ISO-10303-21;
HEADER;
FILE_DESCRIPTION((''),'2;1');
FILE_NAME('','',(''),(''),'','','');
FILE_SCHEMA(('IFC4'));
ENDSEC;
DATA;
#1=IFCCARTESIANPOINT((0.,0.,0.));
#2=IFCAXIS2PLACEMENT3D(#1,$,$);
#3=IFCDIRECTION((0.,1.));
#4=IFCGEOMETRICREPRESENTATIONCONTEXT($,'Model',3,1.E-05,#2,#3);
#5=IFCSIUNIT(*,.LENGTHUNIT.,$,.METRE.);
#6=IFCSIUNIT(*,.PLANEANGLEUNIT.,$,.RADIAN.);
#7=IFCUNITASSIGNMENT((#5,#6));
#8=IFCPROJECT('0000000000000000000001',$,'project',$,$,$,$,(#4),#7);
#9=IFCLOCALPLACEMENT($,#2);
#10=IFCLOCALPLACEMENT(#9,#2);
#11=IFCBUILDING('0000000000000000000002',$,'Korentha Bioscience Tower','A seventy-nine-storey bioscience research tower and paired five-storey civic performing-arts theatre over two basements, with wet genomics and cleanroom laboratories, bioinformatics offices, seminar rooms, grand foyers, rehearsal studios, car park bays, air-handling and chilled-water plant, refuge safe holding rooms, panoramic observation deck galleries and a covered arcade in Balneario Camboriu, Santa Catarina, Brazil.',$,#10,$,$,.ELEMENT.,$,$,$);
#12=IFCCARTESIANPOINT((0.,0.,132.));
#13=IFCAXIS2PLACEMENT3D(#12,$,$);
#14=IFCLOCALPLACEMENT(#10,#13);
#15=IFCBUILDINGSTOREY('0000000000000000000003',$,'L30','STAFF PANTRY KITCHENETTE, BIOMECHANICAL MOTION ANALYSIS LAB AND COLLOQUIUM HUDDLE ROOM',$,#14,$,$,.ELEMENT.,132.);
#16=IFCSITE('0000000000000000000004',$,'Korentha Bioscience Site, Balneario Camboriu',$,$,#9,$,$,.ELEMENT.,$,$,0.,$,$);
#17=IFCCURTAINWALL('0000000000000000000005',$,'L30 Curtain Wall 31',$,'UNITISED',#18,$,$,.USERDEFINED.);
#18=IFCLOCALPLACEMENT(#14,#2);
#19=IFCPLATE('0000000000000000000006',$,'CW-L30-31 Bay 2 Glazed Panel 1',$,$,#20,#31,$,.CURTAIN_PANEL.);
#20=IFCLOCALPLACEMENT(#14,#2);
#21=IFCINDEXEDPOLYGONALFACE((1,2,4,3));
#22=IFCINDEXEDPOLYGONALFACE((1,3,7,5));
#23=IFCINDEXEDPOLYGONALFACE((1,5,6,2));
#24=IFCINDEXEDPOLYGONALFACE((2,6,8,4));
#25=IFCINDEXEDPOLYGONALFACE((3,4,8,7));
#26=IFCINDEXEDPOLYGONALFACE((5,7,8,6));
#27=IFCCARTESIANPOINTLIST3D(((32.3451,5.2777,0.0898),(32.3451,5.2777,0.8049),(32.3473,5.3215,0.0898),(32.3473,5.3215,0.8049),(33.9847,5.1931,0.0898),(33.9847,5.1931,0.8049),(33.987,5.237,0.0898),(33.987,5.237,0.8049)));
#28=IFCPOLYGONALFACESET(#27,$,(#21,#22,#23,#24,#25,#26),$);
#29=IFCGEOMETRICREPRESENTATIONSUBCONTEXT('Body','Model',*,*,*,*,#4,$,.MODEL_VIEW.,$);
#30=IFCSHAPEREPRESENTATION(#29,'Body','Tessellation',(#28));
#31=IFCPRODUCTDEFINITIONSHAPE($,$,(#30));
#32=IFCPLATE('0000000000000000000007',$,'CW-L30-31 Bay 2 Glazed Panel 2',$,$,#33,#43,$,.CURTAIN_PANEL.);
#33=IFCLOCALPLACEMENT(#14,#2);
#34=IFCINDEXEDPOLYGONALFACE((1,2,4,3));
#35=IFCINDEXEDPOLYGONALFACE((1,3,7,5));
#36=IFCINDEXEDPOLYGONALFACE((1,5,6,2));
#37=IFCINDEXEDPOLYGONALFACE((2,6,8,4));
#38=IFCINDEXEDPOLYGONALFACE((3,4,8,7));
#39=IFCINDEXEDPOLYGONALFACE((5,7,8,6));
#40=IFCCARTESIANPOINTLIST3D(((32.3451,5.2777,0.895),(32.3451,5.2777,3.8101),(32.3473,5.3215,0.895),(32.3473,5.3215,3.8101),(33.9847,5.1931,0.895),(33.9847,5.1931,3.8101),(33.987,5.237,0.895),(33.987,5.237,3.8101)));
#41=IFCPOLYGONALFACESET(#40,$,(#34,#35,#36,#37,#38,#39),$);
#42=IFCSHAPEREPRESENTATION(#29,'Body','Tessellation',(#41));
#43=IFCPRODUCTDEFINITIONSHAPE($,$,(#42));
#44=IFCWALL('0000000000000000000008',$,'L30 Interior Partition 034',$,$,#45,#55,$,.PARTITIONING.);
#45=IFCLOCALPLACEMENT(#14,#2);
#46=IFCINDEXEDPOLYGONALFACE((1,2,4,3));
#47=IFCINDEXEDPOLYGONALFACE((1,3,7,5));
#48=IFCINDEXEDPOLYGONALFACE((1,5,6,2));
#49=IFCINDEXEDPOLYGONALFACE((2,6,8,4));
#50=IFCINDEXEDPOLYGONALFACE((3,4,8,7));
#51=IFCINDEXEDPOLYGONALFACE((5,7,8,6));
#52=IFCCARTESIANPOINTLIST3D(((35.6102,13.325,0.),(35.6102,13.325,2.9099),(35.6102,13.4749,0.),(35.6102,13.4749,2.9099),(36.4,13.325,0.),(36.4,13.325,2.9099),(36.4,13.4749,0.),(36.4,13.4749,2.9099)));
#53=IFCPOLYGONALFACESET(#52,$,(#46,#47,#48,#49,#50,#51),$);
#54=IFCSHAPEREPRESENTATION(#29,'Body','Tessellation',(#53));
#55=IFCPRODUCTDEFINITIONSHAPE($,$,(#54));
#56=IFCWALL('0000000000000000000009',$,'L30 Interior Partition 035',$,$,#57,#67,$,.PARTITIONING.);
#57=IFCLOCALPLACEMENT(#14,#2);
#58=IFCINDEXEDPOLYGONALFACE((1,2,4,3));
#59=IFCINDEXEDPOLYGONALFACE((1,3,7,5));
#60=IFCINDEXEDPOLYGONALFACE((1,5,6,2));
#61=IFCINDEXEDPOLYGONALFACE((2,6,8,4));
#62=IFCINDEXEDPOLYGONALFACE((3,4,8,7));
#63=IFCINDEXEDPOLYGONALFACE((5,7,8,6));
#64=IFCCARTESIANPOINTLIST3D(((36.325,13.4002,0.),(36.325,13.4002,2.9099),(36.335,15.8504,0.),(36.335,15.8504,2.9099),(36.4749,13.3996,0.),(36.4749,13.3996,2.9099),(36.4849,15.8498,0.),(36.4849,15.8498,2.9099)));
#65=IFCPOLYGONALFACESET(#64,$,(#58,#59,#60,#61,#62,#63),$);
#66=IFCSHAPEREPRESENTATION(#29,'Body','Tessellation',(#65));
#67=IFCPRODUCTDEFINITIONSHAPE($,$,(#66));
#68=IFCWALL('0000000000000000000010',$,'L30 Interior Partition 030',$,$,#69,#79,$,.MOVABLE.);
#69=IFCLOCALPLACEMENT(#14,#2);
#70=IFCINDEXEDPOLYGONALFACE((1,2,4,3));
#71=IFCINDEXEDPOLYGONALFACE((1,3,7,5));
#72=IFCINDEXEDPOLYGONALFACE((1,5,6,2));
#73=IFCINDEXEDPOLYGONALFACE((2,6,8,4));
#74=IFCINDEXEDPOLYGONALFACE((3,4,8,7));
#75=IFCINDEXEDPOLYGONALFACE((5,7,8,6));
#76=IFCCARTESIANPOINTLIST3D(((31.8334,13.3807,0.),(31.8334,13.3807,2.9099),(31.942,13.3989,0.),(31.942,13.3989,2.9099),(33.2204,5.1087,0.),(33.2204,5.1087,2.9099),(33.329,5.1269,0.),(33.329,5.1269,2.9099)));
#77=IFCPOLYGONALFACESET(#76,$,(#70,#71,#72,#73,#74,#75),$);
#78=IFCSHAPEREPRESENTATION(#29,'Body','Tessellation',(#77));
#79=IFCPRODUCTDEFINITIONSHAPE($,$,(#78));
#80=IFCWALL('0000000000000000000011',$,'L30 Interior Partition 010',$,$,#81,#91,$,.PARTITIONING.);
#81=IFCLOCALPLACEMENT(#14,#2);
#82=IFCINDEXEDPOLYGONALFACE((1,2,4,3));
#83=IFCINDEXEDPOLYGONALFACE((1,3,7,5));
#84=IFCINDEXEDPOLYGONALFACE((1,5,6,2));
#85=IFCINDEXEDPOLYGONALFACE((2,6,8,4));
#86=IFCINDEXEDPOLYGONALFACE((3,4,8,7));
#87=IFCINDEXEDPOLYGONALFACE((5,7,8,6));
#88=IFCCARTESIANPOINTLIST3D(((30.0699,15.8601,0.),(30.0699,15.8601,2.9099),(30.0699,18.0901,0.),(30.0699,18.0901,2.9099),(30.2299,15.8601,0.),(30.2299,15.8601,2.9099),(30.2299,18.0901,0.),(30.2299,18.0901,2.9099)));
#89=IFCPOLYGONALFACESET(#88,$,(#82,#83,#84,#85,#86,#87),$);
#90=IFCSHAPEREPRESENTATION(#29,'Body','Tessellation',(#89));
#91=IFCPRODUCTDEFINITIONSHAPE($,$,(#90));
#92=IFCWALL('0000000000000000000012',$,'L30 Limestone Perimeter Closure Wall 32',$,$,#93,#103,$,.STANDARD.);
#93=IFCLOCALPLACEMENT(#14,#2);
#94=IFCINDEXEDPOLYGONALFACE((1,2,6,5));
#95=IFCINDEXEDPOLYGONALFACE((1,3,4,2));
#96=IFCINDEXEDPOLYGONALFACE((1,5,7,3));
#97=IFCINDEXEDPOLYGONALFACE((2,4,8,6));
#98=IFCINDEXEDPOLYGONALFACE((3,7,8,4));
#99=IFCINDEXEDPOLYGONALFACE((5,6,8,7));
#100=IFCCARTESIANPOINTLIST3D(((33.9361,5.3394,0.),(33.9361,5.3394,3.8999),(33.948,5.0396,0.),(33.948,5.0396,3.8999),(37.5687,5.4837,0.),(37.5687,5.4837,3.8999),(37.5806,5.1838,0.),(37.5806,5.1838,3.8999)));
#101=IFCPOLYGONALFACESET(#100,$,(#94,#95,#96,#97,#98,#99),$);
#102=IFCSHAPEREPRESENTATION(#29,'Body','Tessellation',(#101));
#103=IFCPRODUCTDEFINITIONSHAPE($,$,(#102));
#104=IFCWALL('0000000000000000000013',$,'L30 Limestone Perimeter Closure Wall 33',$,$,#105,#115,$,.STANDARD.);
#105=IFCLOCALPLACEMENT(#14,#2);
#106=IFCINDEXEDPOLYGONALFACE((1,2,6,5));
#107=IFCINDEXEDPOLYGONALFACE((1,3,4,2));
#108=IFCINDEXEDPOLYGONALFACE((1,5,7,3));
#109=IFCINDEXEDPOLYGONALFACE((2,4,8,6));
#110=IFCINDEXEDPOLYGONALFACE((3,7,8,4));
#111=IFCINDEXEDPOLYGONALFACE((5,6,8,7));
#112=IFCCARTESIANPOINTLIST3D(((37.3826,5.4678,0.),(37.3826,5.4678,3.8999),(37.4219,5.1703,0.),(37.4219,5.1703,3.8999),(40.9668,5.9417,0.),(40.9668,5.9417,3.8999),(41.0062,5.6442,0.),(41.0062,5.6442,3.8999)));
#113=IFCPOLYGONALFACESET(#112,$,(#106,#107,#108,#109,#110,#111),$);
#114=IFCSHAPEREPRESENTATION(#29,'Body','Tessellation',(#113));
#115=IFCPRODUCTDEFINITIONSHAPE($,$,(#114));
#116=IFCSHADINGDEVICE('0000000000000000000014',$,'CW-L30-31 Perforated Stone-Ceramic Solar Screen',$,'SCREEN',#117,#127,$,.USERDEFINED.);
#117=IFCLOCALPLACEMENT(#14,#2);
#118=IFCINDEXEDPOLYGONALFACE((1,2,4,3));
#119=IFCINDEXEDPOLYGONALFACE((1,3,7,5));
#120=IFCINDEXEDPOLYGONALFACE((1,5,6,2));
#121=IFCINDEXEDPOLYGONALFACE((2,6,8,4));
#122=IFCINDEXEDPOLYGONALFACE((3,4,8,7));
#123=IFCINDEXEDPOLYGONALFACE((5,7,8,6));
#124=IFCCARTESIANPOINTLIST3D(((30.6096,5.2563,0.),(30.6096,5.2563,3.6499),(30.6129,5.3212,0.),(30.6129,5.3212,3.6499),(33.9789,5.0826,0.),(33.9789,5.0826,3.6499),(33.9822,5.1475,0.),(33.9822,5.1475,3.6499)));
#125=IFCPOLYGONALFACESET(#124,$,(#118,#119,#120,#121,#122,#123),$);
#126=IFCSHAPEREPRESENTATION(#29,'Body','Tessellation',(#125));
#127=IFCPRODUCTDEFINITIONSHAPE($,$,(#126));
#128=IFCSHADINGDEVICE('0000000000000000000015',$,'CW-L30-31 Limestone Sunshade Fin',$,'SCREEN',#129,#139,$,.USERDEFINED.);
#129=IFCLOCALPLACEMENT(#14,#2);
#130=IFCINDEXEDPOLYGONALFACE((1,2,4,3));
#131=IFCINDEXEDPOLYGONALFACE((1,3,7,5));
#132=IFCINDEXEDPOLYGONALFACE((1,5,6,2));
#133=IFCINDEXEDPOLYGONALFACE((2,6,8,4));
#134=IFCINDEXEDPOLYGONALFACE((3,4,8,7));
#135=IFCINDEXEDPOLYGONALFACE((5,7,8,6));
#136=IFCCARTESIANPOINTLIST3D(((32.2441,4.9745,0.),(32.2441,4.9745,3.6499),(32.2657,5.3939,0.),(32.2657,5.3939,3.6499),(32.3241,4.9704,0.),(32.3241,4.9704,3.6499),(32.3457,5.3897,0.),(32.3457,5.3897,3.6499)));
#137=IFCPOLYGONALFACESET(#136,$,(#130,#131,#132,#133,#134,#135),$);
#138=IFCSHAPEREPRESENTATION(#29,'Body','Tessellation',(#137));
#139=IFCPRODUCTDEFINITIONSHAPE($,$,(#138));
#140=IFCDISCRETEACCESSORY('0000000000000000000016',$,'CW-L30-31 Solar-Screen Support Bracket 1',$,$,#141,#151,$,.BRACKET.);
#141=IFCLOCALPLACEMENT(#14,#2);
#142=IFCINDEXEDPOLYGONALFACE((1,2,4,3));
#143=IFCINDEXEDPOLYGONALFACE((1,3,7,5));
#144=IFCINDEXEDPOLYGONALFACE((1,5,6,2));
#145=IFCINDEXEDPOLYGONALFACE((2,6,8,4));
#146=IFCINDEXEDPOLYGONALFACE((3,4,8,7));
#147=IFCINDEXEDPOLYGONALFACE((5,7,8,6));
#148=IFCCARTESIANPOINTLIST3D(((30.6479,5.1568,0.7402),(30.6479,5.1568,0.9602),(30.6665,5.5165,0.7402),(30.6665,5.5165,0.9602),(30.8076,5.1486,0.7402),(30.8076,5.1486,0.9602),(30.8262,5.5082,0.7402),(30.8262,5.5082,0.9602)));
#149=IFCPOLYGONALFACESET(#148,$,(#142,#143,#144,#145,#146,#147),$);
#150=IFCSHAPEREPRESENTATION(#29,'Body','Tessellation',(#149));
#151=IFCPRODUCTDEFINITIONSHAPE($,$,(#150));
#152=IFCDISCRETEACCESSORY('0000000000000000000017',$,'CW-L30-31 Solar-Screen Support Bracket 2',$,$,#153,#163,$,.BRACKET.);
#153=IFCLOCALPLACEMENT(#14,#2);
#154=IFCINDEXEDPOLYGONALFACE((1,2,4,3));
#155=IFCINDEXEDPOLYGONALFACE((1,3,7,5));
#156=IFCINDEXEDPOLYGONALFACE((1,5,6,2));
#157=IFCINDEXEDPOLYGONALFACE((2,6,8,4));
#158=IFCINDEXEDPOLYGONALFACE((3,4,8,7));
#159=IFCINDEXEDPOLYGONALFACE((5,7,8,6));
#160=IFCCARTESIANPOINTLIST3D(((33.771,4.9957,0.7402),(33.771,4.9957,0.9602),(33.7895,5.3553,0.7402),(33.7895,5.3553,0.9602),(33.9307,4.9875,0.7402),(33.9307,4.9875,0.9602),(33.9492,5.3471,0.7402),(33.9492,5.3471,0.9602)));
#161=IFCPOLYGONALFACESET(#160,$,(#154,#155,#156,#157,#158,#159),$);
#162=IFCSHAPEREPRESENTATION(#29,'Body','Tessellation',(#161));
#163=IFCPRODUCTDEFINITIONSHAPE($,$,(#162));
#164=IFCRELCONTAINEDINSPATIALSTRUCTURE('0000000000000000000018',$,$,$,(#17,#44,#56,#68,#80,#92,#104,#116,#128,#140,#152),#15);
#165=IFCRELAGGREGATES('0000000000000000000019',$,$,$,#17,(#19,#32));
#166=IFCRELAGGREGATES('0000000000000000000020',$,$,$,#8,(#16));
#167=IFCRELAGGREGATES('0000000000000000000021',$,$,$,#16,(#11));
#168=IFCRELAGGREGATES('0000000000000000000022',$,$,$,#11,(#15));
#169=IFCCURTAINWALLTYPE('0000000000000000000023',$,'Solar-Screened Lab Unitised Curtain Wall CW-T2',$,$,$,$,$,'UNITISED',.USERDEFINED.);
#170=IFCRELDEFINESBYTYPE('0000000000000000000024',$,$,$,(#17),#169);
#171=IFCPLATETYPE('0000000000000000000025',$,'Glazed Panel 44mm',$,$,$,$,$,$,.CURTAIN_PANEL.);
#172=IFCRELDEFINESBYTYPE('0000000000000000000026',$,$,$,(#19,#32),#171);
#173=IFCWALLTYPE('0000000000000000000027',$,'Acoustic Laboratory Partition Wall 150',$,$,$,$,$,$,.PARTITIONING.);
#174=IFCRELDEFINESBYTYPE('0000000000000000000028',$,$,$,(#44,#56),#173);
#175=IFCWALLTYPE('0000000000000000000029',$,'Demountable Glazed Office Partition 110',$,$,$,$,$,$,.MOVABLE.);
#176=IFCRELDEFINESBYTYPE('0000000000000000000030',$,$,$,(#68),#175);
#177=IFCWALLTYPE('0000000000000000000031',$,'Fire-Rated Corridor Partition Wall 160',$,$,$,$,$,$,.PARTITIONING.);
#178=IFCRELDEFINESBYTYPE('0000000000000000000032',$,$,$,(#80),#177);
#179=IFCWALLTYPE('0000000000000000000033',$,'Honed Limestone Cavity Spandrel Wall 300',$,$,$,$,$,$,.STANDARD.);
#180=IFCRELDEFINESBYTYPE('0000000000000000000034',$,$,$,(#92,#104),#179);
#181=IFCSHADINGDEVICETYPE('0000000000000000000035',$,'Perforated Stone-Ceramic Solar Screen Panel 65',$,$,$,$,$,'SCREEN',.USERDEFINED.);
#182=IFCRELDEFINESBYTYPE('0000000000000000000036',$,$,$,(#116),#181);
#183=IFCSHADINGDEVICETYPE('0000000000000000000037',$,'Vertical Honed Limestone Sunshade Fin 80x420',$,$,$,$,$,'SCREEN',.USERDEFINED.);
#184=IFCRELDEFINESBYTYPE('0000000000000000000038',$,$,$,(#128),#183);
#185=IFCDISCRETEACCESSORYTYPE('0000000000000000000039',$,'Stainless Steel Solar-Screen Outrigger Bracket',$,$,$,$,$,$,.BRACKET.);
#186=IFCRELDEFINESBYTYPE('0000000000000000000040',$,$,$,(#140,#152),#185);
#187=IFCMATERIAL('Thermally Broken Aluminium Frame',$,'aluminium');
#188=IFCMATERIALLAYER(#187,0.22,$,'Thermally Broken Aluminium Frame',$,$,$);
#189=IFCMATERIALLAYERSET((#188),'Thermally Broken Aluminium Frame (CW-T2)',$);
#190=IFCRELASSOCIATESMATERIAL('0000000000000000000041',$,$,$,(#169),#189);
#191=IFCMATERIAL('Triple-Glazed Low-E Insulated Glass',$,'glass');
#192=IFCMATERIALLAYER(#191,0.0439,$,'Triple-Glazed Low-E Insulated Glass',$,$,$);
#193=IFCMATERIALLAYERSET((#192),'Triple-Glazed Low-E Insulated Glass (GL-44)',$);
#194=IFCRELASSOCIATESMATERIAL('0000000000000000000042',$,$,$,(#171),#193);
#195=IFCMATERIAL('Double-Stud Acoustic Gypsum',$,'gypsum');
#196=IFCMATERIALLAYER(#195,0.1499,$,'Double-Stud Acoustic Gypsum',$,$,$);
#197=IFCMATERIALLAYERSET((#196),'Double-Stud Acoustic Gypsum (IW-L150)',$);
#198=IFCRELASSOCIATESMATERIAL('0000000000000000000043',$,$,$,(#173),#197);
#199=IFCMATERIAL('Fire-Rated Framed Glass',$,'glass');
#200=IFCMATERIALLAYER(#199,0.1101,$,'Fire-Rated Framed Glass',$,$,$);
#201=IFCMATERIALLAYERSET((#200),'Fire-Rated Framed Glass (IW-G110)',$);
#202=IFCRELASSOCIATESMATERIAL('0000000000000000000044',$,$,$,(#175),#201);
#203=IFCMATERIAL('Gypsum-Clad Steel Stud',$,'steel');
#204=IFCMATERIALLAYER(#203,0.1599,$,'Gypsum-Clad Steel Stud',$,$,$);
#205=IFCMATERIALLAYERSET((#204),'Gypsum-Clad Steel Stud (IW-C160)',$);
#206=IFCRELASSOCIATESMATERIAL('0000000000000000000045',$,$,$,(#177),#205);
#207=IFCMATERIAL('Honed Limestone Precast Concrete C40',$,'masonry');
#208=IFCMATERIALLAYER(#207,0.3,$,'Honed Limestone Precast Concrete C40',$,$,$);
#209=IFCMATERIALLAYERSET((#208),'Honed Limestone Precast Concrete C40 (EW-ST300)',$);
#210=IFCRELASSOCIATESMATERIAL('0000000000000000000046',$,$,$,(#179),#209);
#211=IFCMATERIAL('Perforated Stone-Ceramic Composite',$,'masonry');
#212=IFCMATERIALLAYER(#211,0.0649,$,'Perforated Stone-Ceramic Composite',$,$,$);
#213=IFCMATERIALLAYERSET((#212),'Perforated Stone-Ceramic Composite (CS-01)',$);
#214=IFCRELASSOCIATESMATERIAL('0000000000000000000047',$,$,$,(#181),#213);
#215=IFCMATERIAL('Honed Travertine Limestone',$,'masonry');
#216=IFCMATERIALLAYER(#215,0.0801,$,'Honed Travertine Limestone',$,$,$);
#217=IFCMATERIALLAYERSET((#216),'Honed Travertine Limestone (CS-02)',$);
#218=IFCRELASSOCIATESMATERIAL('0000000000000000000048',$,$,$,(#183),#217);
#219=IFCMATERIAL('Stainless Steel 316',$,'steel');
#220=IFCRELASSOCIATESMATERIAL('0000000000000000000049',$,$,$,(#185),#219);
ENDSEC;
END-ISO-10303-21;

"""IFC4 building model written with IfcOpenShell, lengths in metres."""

from ifc_helpers import new_model, si_unit, direction, frame, frame_2d, origin, origin_2d, place, context, subcontext, project, spatial, rectangle, extrude, material, layer, layer_set, type_object, element, aggregate, save


model = new_model("IFC4")

# Units and contexts
model_context = context("Model", 3, precision=1e-05, world=origin(), true_north=direction((0.0, 1.0)))
body_context = subcontext(model_context, "Body", "Model", "MODEL_VIEW")
ifc_project = project(units=[si_unit("LENGTHUNIT", "METRE"), si_unit("PLANEANGLEUNIT", "RADIAN")], contexts=[model_context])

# Site, building, storey
site_placement = place(None, origin())
site = spatial("IfcSite", under=ifc_project, at=site_placement, Name="Korentha Bioscience Site, Balneario Camboriu", CompositionType="ELEMENT", RefElevation=0.0)
building_placement = place(site_placement, origin())
building = spatial("IfcBuilding", under=site, at=building_placement, Name="Korentha Bioscience Tower", Description="A seventy-nine-storey bioscience research tower and paired five-storey civic performing-arts theatre over two basements, with wet genomics and cleanroom laboratories, bioinformatics offices, seminar rooms, grand foyers, rehearsal studios, car park bays, air-handling and chilled-water plant, refuge safe holding rooms, panoramic observation deck galleries and a covered arcade in Balneario Camboriu, Santa Catarina, Brazil.", CompositionType="ELEMENT")
storey_placement = place(building_placement, frame((0.0, 0.0, 132.0)))
storey = spatial("IfcBuildingStorey", under=building, at=storey_placement, Name="L30", Description="STAFF PANTRY KITCHENETTE, BIOMECHANICAL MOTION ANALYSIS LAB AND COLLOQUIUM HUDDLE ROOM", CompositionType="ELEMENT", Elevation=132.0)

# Curtain wall
ifc_material_1 = material(Name="Thermally Broken Aluminium Frame", Category="aluminium")
ifc_layer_1 = layer(ifc_material_1, 0.22, Name="Thermally Broken Aluminium Frame")
ifc_layer_set_1 = layer_set([ifc_layer_1], Name="Thermally Broken Aluminium Frame (CW-T2)")
curtain_wall_type = type_object("IfcCurtainWallType", Name="Solar-Screened Lab Unitised Curtain Wall CW-T2", ElementType="UNITISED", PredefinedType="USERDEFINED", material=ifc_layer_set_1)
curtain_wall_placement = place(storey_placement, origin())
curtain_wall = element("IfcCurtainWall", 1, at=curtain_wall_placement, inside=storey, type_object=curtain_wall_type, Name="L30 Curtain Wall 31", ObjectType="UNITISED", PredefinedType="USERDEFINED")

# Plates
ifc_material_2 = material(Name="Triple-Glazed Low-E Insulated Glass", Category="glass")
ifc_layer_2 = layer(ifc_material_2, 0.0439, Name="Triple-Glazed Low-E Insulated Glass")
ifc_layer_set_2 = layer_set([ifc_layer_2], Name="Triple-Glazed Low-E Insulated Glass (GL-44)")
plate_type = type_object("IfcPlateType", Name="Glazed Panel 44mm", PredefinedType="CURTAIN_PANEL", material=ifc_layer_set_2)
plate_1_placement = place(storey_placement, frame((33.166, 5.2573, 0.0898), z_axis=(0.0, 0.0, 1.0), x_axis=(0.998673, -0.051495, 0.0)))
plate_1 = element("IfcPlate", 2, at=plate_1_placement, type_object=plate_type, Name="CW-L30-31 Bay 2 Glazed Panel 1", PredefinedType="CURTAIN_PANEL", context=body_context, shape_type="SweptSolid", body=[
    extrude(rectangle(XDim=1.6418, YDim=0.0439, at=origin_2d()), origin(), (0.0, 0.0, 1.0), 0.7151),
])
plate_2_placement = place(storey_placement, frame((33.166, 5.2573, 0.895), z_axis=(0.0, 0.0, 1.0), x_axis=(0.998673, -0.051495, 0.0)))
plate_2 = element("IfcPlate", 3, at=plate_2_placement, type_object=plate_type, Name="CW-L30-31 Bay 2 Glazed Panel 2", PredefinedType="CURTAIN_PANEL", context=body_context, shape_type="SweptSolid", body=[
    extrude(rectangle(XDim=1.6418, YDim=0.0439, at=origin_2d()), origin(), (0.0, 0.0, 1.0), 2.915),
])
aggregate(curtain_wall, [plate_1, plate_2])

# Shared definitions
ifc_material_3 = material(Name="Double-Stud Acoustic Gypsum", Category="gypsum")
ifc_layer_3 = layer(ifc_material_3, 0.1499, Name="Double-Stud Acoustic Gypsum")
ifc_layer_set_3 = layer_set([ifc_layer_3], Name="Double-Stud Acoustic Gypsum (IW-L150)")
wall_type_1 = type_object("IfcWallType", Name="Acoustic Laboratory Partition Wall 150", PredefinedType="PARTITIONING", material=ifc_layer_set_3)

# Walls
wall_1_placement = place(storey_placement, frame((35.6101, 13.3999, 0.0), z_axis=(0.0, 0.0, 1.0), x_axis=(1.0, 0.0, 0.0)))
element("IfcWall", 4, at=wall_1_placement, inside=storey, type_object=wall_type_1, Name="L30 Interior Partition 034", PredefinedType="PARTITIONING", context=body_context, shape_type="SweptSolid", body=[
    extrude(rectangle(XDim=0.7898, YDim=0.1499, at=frame_2d((0.395, 0.0))), origin(), (0.0, 0.0, 1.0), 2.9099),
])
wall_2_placement = place(storey_placement, frame((36.3999, 13.3999, 0.0), z_axis=(0.0, 0.0, 1.0), x_axis=(0.004085, 0.999992, 0.0)))
element("IfcWall", 5, at=wall_2_placement, inside=storey, type_object=wall_type_1, Name="L30 Interior Partition 035", PredefinedType="PARTITIONING", context=body_context, shape_type="SweptSolid", body=[
    extrude(rectangle(XDim=2.4502, YDim=0.1499, at=frame_2d((1.2251, 0.0))), origin(), (0.0, 0.0, 1.0), 2.9099),
])
ifc_material_4 = material(Name="Fire-Rated Framed Glass", Category="glass")
ifc_layer_4 = layer(ifc_material_4, 0.1101, Name="Fire-Rated Framed Glass")
ifc_layer_set_4 = layer_set([ifc_layer_4], Name="Fire-Rated Framed Glass (IW-G110)")
wall_type_2 = type_object("IfcWallType", Name="Demountable Glazed Office Partition 110", PredefinedType="MOVABLE", material=ifc_layer_set_4)
wall_3_placement = place(storey_placement, frame((31.8877, 13.3899, 0.0), z_axis=(0.0, 0.0, 1.0), x_axis=(0.165362, -0.986233, 0.0)))
element("IfcWall", 6, at=wall_3_placement, inside=storey, type_object=wall_type_2, Name="L30 Interior Partition 030", PredefinedType="MOVABLE", context=body_context, shape_type="SweptSolid", body=[
    extrude(rectangle(XDim=8.3875, YDim=0.1101, at=frame_2d((4.1938, 0.0))), origin(), (0.0, 0.0, 1.0), 2.9099),
])
ifc_material_5 = material(Name="Gypsum-Clad Steel Stud", Category="steel")
ifc_layer_5 = layer(ifc_material_5, 0.1599, Name="Gypsum-Clad Steel Stud")
ifc_layer_set_5 = layer_set([ifc_layer_5], Name="Gypsum-Clad Steel Stud (IW-C160)")
wall_type_3 = type_object("IfcWallType", Name="Fire-Rated Corridor Partition Wall 160", PredefinedType="PARTITIONING", material=ifc_layer_set_5)
wall_4_placement = place(storey_placement, frame((30.1499, 15.8601, 0.0), z_axis=(0.0, 0.0, 1.0), x_axis=(0.0, 1.0, 0.0)))
element("IfcWall", 7, at=wall_4_placement, inside=storey, type_object=wall_type_3, Name="L30 Interior Partition 010", PredefinedType="PARTITIONING", context=body_context, shape_type="SweptSolid", body=[
    extrude(rectangle(XDim=2.23, YDim=0.1599, at=frame_2d((1.115, 0.0))), origin(), (0.0, 0.0, 1.0), 2.9099),
])
ifc_material_6 = material(Name="Honed Limestone Precast Concrete C40", Category="masonry")
ifc_layer_6 = layer(ifc_material_6, 0.3, Name="Honed Limestone Precast Concrete C40")
ifc_layer_set_6 = layer_set([ifc_layer_6], Name="Honed Limestone Precast Concrete C40 (EW-ST300)")
wall_type_4 = type_object("IfcWallType", Name="Honed Limestone Cavity Spandrel Wall 300", PredefinedType="STANDARD", material=ifc_layer_set_6)
wall_5_placement = place(storey_placement, frame((33.9419, 5.1895, 0.0), z_axis=(0.0, 0.0, 1.0), x_axis=(0.999212, 0.039689, 0.0)))
element("IfcWall", 8, at=wall_5_placement, inside=storey, type_object=wall_type_4, Name="L30 Limestone Perimeter Closure Wall 32", PredefinedType="STANDARD", context=body_context, shape_type="SweptSolid", body=[
    extrude(rectangle(XDim=3.6355, YDim=0.3, at=frame_2d((1.8179, 0.0))), origin(), (0.0, 0.0, 1.0), 3.8999),
])
wall_6_placement = place(storey_placement, frame((37.4023, 5.3191, 0.0), z_axis=(0.0, 0.0, 1.0), x_axis=(0.991373, 0.131071, 0.0)))
element("IfcWall", 9, at=wall_6_placement, inside=storey, type_object=wall_type_4, Name="L30 Limestone Perimeter Closure Wall 33", PredefinedType="STANDARD", context=body_context, shape_type="SweptSolid", body=[
    extrude(rectangle(XDim=3.6155, YDim=0.3, at=frame_2d((1.8076, 0.0))), origin(), (0.0, 0.0, 1.0), 3.8999),
])

# Shading devices
ifc_material_7 = material(Name="Perforated Stone-Ceramic Composite", Category="masonry")
ifc_layer_7 = layer(ifc_material_7, 0.0649, Name="Perforated Stone-Ceramic Composite")
ifc_layer_set_7 = layer_set([ifc_layer_7], Name="Perforated Stone-Ceramic Composite (CS-01)")
shading_device_type_1 = type_object("IfcShadingDeviceType", Name="Perforated Stone-Ceramic Solar Screen Panel 65", ElementType="SCREEN", PredefinedType="USERDEFINED", material=ifc_layer_set_7)
shading_device_1_placement = place(storey_placement, frame((32.2959, 5.2019, 0.0), z_axis=(0.0, 0.0, 1.0), x_axis=(0.998673, -0.051495, 0.0)))
element("IfcShadingDevice", 10, at=shading_device_1_placement, inside=storey, type_object=shading_device_type_1, Name="CW-L30-31 Perforated Stone-Ceramic Solar Screen", ObjectType="SCREEN", PredefinedType="USERDEFINED", context=body_context, shape_type="SweptSolid", body=[
    extrude(rectangle(XDim=3.3738, YDim=0.0649, at=origin_2d()), origin(), (0.0, 0.0, 1.0), 3.6499),
])
ifc_material_8 = material(Name="Honed Travertine Limestone", Category="masonry")
ifc_layer_8 = layer(ifc_material_8, 0.0801, Name="Honed Travertine Limestone")
ifc_layer_set_8 = layer_set([ifc_layer_8], Name="Honed Travertine Limestone (CS-02)")
shading_device_type_2 = type_object("IfcShadingDeviceType", Name="Vertical Honed Limestone Sunshade Fin 80x420", ElementType="SCREEN", PredefinedType="USERDEFINED", material=ifc_layer_set_8)
shading_device_2_placement = place(storey_placement, frame((32.2949, 5.1821, 0.0), z_axis=(0.0, 0.0, 1.0), x_axis=(0.998673, -0.051495, 0.0)))
element("IfcShadingDevice", 11, at=shading_device_2_placement, inside=storey, type_object=shading_device_type_2, Name="CW-L30-31 Limestone Sunshade Fin", ObjectType="SCREEN", PredefinedType="USERDEFINED", context=body_context, shape_type="SweptSolid", body=[
    extrude(rectangle(XDim=0.0801, YDim=0.4199, at=origin_2d()), origin(), (0.0, 0.0, 1.0), 3.6499),
])

# Discrete accessories
ifc_material_9 = material(Name="Stainless Steel 316", Category="steel")
discrete_accessory_type = type_object("IfcDiscreteAccessoryType", Name="Stainless Steel Solar-Screen Outrigger Bracket", PredefinedType="BRACKET", material=ifc_material_9)
for number, where, z_axis, x_axis, name in (
    (12, (30.7371, 5.3325, 0.7402), (0.0, 0.0, 1.0), (0.998673, -0.051495, 0.0), "CW-L30-31 Solar-Screen Support Bracket 1"),
    (13, (33.8601, 5.1714, 0.7402), (0.0, 0.0, 1.0), (0.998673, -0.051495, 0.0), "CW-L30-31 Solar-Screen Support Bracket 2"),
):
    element("IfcDiscreteAccessory", number, at=place(storey_placement, frame(where, z_axis=z_axis, x_axis=x_axis)), inside=storey, type_object=discrete_accessory_type, Name=name, PredefinedType="BRACKET", context=body_context, shape_type="SweptSolid", body=[
        extrude(rectangle(XDim=0.1599, YDim=0.3601, at=origin_2d()), origin(), (0.0, 0.0, 1.0), 0.22),
    ])

save(model, "model.ifc")
